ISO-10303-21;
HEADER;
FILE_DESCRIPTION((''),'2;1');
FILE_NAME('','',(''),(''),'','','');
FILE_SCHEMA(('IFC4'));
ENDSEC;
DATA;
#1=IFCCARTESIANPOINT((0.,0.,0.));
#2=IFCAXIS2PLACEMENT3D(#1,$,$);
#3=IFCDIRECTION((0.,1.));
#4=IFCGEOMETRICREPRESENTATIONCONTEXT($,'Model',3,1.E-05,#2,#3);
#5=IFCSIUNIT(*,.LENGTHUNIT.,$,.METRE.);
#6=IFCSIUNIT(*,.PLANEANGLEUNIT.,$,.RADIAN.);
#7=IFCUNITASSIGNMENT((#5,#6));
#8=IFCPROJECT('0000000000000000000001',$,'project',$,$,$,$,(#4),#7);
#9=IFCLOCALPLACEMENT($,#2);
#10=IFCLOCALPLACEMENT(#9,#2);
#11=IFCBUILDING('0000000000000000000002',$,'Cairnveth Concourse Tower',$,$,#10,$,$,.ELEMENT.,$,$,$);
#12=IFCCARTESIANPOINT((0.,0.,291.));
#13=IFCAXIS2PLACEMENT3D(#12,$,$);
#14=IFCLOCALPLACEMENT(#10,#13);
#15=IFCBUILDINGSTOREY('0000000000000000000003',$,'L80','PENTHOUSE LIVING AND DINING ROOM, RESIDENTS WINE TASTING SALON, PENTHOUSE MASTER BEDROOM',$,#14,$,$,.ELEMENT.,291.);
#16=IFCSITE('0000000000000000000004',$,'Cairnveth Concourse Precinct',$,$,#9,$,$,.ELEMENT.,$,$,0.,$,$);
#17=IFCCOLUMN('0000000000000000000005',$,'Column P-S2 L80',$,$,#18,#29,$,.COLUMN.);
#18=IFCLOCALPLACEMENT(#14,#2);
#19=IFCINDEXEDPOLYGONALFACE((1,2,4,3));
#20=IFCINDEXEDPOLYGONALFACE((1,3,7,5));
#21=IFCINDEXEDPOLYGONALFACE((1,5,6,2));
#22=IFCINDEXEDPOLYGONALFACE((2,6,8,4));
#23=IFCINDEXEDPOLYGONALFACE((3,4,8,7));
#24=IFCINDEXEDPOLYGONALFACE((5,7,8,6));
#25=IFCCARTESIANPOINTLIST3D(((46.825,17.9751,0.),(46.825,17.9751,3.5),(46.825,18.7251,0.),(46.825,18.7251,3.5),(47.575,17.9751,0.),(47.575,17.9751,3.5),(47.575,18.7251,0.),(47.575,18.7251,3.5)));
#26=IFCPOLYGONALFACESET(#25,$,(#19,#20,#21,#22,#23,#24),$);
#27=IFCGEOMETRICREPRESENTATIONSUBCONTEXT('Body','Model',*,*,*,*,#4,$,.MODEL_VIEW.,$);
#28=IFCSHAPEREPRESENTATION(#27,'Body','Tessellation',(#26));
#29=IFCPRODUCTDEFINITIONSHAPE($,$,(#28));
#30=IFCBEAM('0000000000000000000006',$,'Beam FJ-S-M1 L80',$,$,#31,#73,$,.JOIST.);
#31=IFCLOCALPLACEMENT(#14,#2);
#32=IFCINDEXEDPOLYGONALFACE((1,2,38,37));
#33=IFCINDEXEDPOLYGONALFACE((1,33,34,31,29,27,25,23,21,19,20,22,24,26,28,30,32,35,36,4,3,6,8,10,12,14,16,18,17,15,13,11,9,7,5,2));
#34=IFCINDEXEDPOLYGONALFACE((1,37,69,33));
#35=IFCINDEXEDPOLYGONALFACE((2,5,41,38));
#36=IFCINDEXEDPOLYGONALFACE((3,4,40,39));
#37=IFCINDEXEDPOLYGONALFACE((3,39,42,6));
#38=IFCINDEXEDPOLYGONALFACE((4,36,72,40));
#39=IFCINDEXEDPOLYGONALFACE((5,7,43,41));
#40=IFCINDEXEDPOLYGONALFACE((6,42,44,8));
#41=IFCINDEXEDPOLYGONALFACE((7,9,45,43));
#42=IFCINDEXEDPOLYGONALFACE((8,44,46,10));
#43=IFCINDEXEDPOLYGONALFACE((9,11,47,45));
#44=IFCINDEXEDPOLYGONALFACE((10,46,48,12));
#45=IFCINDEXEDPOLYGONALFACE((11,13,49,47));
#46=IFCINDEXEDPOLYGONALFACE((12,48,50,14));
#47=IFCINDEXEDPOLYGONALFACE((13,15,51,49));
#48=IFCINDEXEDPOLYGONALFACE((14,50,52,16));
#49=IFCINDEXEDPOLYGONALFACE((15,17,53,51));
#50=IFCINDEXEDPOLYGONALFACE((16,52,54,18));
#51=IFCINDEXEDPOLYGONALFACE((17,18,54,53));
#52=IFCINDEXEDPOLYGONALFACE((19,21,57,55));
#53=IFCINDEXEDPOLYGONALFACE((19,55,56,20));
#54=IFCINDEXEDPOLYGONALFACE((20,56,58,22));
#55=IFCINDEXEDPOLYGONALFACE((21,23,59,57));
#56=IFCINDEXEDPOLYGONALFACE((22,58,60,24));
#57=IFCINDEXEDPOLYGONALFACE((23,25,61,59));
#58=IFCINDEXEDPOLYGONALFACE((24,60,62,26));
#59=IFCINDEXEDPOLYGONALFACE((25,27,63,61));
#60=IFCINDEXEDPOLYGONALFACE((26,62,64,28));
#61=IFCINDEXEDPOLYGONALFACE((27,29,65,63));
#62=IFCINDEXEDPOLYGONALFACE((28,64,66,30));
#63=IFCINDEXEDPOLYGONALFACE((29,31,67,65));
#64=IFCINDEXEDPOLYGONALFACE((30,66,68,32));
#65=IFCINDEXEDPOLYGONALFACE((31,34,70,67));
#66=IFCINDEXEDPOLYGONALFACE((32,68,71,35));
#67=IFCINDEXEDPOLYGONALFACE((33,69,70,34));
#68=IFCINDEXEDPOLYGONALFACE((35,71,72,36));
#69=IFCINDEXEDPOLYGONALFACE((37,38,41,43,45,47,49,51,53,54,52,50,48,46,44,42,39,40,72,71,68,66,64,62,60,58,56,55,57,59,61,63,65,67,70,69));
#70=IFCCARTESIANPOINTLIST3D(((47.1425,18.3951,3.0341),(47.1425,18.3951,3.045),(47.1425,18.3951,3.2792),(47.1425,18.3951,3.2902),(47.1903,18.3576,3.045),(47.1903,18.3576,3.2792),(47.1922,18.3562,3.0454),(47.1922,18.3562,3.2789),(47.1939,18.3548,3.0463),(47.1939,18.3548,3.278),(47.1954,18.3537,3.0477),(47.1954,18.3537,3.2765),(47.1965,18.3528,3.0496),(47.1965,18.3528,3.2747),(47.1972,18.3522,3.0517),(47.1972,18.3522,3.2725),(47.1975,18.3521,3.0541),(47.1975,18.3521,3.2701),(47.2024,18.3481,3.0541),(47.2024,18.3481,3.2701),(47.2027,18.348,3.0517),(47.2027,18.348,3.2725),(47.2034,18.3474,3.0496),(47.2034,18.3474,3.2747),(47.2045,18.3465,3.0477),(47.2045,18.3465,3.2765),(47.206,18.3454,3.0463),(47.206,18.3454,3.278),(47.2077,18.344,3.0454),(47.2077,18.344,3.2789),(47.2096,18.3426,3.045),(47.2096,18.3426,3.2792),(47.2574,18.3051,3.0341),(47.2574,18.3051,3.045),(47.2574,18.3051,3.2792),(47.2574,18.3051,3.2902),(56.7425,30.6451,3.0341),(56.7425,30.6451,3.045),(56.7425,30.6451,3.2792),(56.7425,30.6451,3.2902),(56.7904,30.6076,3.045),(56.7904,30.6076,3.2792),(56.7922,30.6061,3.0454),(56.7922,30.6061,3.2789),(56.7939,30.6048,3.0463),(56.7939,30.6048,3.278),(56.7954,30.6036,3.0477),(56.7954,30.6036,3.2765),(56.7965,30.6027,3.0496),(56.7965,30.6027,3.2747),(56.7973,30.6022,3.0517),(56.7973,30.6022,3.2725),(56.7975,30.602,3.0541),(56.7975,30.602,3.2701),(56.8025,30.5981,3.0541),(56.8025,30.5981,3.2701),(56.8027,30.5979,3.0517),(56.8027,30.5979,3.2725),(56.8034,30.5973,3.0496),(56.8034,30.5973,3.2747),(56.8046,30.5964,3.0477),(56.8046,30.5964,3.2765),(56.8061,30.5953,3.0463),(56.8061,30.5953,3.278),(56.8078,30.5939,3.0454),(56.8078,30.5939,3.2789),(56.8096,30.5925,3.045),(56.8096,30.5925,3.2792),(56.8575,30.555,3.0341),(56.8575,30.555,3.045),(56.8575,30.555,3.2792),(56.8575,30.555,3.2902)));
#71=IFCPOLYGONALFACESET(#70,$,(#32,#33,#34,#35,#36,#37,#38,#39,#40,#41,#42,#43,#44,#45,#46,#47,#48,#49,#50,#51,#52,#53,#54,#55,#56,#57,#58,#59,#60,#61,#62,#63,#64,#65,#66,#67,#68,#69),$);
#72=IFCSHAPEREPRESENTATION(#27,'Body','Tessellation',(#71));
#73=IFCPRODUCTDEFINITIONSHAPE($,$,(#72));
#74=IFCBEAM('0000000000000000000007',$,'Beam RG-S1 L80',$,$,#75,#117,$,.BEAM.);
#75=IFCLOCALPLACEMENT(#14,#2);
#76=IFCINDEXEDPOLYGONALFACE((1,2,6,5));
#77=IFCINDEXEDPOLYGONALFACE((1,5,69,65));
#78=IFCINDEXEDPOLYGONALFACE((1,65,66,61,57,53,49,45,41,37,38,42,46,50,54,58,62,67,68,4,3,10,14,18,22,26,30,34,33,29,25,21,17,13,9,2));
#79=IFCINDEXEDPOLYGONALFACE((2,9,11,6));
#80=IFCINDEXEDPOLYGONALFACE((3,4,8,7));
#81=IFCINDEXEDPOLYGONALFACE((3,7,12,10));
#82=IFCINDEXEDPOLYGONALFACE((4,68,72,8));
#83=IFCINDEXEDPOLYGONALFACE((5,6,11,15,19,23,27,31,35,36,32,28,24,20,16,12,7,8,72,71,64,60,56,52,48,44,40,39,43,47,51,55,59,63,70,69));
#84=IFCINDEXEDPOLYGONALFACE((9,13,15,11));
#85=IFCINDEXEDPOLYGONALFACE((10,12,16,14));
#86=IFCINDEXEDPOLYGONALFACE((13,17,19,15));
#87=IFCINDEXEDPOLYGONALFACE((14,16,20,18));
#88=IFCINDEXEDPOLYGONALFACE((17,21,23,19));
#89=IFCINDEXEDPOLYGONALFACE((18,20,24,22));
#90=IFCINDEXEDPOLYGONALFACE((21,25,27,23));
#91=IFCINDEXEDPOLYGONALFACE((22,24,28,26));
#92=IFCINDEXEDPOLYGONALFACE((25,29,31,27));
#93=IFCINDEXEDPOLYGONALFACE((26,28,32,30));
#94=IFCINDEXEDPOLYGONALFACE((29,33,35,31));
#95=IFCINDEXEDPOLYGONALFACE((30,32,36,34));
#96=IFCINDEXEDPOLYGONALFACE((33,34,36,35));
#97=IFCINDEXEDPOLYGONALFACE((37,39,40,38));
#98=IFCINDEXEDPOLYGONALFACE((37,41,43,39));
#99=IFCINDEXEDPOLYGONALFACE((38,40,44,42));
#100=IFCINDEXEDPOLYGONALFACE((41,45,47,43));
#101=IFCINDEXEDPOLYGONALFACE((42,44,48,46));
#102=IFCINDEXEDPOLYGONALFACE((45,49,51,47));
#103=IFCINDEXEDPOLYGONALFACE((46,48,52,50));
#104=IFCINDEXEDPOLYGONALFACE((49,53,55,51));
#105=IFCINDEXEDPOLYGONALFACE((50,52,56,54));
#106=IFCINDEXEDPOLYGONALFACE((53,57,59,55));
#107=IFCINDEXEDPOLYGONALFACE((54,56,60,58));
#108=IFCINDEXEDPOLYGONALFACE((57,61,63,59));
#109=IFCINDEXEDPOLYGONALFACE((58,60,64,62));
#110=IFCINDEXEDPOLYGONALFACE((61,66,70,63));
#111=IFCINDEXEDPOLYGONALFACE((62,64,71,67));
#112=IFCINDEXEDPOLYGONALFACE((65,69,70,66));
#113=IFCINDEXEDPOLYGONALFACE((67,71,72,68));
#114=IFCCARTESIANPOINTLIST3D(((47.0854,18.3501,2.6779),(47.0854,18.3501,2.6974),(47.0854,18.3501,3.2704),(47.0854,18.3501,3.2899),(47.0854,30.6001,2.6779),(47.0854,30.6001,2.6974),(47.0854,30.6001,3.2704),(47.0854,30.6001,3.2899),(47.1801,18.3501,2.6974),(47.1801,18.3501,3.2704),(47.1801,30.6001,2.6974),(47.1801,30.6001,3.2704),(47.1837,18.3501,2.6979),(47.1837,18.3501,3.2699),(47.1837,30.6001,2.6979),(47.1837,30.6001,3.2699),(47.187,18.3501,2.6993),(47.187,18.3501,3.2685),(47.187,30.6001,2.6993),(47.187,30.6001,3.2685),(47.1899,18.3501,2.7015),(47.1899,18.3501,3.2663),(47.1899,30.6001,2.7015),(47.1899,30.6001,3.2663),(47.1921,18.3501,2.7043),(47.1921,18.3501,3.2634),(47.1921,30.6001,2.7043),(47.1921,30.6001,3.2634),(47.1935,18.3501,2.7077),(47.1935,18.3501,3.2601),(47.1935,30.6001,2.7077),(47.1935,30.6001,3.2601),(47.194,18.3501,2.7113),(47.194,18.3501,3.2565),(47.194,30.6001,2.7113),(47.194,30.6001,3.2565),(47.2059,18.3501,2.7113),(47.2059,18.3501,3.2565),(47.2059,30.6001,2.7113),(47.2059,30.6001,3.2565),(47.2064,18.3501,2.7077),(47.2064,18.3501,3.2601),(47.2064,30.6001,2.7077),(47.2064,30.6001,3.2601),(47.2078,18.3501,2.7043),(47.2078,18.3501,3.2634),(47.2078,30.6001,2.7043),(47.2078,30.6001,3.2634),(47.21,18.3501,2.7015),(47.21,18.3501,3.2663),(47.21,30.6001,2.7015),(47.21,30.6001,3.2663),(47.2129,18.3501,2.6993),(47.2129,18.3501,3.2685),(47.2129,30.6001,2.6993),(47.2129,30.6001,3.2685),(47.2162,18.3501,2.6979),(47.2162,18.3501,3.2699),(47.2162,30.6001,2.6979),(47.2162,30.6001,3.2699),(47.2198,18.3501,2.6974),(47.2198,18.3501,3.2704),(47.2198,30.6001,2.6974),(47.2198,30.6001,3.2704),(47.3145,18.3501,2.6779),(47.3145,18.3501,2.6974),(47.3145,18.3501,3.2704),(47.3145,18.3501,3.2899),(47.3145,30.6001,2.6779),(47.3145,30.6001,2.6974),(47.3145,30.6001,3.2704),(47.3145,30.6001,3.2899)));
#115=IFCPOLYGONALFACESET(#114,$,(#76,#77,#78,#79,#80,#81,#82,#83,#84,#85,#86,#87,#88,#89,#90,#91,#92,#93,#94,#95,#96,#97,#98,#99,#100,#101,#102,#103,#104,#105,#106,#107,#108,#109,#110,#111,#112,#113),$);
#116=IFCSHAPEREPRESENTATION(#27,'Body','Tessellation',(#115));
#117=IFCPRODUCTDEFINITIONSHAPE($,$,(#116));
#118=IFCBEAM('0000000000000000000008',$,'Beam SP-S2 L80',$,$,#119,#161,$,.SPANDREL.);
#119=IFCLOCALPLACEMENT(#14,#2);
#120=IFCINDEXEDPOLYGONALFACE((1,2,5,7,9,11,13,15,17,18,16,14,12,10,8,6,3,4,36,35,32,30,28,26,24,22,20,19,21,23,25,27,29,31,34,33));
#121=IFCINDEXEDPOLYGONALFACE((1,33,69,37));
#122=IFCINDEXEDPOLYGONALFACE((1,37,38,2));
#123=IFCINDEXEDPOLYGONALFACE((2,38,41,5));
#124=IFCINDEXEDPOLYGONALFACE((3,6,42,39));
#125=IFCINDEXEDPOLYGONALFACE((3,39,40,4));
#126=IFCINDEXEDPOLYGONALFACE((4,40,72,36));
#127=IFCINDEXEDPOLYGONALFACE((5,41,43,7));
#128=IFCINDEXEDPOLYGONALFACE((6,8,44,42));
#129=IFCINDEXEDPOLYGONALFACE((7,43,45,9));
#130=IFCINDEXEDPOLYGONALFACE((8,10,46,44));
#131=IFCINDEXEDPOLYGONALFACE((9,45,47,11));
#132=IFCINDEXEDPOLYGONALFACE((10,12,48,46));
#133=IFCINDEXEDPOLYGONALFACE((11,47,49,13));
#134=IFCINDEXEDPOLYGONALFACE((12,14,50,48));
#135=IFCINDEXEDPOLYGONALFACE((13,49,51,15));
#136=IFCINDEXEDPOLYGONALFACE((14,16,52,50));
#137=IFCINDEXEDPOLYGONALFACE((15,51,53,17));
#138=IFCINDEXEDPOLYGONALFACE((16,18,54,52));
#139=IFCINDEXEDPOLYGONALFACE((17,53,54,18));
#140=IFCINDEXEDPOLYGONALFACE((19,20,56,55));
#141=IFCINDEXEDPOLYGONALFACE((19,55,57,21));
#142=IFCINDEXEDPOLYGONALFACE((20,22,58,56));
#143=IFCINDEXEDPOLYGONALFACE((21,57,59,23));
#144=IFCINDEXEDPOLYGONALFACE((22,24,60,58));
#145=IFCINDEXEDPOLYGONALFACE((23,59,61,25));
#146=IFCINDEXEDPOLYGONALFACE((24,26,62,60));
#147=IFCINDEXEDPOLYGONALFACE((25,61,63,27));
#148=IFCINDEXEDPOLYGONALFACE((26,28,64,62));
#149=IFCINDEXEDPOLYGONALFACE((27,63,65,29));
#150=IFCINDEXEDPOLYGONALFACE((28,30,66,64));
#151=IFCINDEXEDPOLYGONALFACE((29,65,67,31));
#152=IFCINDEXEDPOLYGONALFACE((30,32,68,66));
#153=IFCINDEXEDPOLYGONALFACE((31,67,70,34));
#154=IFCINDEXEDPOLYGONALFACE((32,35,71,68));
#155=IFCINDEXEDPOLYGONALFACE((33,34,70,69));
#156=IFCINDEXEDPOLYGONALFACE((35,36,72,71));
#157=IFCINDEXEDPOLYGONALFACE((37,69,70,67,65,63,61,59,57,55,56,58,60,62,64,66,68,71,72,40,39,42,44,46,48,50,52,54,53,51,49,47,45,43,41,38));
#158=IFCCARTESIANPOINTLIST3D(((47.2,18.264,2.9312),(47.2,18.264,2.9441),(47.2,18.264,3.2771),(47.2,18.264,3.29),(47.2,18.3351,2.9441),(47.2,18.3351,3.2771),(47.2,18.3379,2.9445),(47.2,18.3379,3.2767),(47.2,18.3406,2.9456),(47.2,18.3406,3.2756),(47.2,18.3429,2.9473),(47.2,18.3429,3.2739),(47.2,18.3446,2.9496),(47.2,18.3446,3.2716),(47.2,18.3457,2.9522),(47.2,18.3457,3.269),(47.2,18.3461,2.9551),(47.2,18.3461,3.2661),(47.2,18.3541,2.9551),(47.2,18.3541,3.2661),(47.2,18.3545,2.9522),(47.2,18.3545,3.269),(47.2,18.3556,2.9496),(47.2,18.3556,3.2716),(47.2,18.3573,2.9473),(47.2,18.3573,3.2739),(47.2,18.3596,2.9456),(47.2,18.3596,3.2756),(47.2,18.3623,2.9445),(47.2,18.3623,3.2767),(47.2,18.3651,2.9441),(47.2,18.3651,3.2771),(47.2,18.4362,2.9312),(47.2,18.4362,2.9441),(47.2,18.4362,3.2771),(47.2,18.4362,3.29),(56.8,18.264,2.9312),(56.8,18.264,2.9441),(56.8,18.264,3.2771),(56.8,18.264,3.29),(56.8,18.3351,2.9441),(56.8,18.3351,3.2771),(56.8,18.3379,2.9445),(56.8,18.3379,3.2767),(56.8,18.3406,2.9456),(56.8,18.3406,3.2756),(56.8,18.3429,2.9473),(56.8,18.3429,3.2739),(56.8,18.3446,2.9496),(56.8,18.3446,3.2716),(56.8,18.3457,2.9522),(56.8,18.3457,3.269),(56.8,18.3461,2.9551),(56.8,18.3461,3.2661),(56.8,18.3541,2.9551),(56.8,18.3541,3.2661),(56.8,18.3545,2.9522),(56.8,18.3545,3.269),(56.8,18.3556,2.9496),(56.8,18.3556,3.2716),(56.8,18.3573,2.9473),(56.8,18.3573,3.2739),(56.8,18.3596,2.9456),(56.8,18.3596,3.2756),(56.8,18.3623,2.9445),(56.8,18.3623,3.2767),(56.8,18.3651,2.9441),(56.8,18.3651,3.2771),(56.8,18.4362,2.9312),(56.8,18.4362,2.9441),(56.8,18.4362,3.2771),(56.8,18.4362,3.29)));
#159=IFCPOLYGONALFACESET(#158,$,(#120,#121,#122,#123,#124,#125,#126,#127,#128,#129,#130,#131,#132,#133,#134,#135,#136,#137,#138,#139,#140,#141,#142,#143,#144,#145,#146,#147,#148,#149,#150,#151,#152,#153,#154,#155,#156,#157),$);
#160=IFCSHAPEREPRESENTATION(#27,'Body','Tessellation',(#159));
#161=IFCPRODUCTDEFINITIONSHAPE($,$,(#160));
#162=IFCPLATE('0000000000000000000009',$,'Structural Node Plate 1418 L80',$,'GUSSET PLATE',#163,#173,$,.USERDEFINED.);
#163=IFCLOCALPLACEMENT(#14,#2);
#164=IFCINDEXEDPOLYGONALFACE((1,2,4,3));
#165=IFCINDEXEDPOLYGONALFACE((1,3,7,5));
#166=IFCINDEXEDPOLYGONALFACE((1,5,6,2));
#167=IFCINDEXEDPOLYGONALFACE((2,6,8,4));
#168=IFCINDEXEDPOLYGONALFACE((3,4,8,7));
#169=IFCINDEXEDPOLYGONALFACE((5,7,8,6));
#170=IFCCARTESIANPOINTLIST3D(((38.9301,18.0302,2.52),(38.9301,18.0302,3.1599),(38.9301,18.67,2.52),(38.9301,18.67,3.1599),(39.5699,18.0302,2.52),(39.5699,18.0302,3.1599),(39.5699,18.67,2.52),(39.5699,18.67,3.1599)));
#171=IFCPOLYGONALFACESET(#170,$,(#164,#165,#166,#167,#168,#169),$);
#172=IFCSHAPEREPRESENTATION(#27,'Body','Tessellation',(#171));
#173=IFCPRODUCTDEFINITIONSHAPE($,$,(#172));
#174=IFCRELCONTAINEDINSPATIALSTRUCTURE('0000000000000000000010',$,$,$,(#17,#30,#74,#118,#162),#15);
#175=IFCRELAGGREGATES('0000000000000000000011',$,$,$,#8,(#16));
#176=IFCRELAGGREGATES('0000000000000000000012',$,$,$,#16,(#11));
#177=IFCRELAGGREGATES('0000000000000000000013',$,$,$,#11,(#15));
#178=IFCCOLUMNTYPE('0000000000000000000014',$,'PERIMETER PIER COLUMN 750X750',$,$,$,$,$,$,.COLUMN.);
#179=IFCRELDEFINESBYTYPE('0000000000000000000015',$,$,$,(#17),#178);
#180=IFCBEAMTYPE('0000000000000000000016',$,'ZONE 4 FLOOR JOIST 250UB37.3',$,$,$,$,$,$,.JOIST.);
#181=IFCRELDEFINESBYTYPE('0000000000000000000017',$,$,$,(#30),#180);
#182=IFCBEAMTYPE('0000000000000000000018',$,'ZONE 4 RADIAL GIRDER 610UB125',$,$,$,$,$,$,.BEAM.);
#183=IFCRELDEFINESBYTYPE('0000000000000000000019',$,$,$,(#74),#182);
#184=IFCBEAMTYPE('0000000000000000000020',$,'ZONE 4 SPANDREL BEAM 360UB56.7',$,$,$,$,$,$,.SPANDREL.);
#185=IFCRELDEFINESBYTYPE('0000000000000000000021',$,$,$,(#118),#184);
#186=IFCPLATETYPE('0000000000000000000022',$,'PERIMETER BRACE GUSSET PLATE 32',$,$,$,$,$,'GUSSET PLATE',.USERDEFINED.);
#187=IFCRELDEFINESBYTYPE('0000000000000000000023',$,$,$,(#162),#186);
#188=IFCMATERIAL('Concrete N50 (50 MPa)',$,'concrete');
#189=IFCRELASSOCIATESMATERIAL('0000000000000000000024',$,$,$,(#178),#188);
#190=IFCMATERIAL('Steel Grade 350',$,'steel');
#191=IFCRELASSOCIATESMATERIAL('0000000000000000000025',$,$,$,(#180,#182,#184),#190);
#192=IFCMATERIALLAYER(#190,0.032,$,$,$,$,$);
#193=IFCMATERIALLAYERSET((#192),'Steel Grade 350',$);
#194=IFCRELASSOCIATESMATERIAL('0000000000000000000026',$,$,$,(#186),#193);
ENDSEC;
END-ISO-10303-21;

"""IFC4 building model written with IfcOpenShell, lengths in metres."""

from ifc_helpers import new_model, si_unit, direction, frame, origin, origin_2d, place, context, subcontext, project, spatial, rectangle, i_section, extrude, material, layer, layer_set, material_profile, profile_set, type_object, element, save


model = new_model("IFC4")

# Units and contexts
model_context = context("Model", 3, precision=1e-05, world=origin(), true_north=direction((0.0, 1.0)))
body_context = subcontext(model_context, "Body", "Model", "MODEL_VIEW")
ifc_project = project(units=[si_unit("LENGTHUNIT", "METRE"), si_unit("PLANEANGLEUNIT", "RADIAN")], contexts=[model_context])

# Site, building, storey
site_placement = place(None, origin())
site = spatial("IfcSite", under=ifc_project, at=site_placement, Name="Cairnveth Concourse Precinct", CompositionType="ELEMENT", RefElevation=0.0)
building_placement = place(site_placement, origin())
building = spatial("IfcBuilding", under=site, at=building_placement, Name="Cairnveth Concourse Tower", CompositionType="ELEMENT")
storey_placement = place(building_placement, frame((0.0, 0.0, 291.0)))
storey = spatial("IfcBuildingStorey", under=building, at=storey_placement, Name="L80", Description="PENTHOUSE LIVING AND DINING ROOM, RESIDENTS WINE TASTING SALON, PENTHOUSE MASTER BEDROOM", CompositionType="ELEMENT", Elevation=291.0)

# Column
ifc_material_1 = material(Name="Concrete N50 (50 MPa)", Category="concrete")
ifc_material_profile_1 = material_profile(ifc_material_1, rectangle(XDim=0.75, YDim=0.75, at=origin_2d()), Name="RC-COL-750x750")
ifc_profile_set_1 = profile_set([ifc_material_profile_1], Name="Concrete N50 (50 MPa)")
column_type = type_object("IfcColumnType", Name="PERIMETER PIER COLUMN 750X750", PredefinedType="COLUMN", material=ifc_profile_set_1)
column_placement = place(storey_placement, frame((47.2, 18.3501, 0.0), z_axis=(0.0, 0.0, 1.0), x_axis=(1.0, 0.0, 0.0)))
element("IfcColumn", 1, at=column_placement, inside=storey, type_object=column_type, Name="Column P-S2 L80", PredefinedType="COLUMN", context=body_context, shape_type="SweptSolid", body=[
    extrude(rectangle(XDim=0.75, YDim=0.75, at=origin_2d()), origin(), (0.0, 0.0, 1.0), 3.5),
])

# Beams
ifc_material_2 = material(Name="Steel Grade 350", Category="steel")
ifc_material_profile_2 = material_profile(ifc_material_2, i_section(OverallWidth=0.146, OverallDepth=0.2561, WebThickness=0.0063, FlangeThickness=0.011, FilletRadius=0.009, at=origin_2d()), Name="250UB37.3")
ifc_profile_set_2 = profile_set([ifc_material_profile_2], Name="Steel Grade 350")
beam_type_1 = type_object("IfcBeamType", Name="ZONE 4 FLOOR JOIST 250UB37.3", PredefinedType="JOIST", material=ifc_profile_set_2)
beam_1_placement = place(storey_placement, frame((47.2, 18.3501, 3.1621), z_axis=(0.616832, 0.787095, 0.0), x_axis=(-0.787095, 0.616832, 0.0)))
element("IfcBeam", 2, at=beam_1_placement, inside=storey, type_object=beam_type_1, Name="Beam FJ-S-M1 L80", PredefinedType="JOIST", context=body_context, shape_type="SweptSolid", body=[
    extrude(i_section(OverallWidth=0.146, OverallDepth=0.2561, WebThickness=0.0063, FlangeThickness=0.011, FilletRadius=0.009, at=origin_2d()), origin(), (0.0, 0.0, 1.0), 15.5635),
])
ifc_material_profile_3 = material_profile(ifc_material_2, i_section(OverallWidth=0.229, OverallDepth=0.6121, WebThickness=0.012, FlangeThickness=0.0195, FilletRadius=0.0139, at=origin_2d()), Name="610UB125")
ifc_profile_set_3 = profile_set([ifc_material_profile_3], Name="Steel Grade 350")
beam_type_2 = type_object("IfcBeamType", Name="ZONE 4 RADIAL GIRDER 610UB125", PredefinedType="BEAM", material=ifc_profile_set_3)
beam_2_placement = place(storey_placement, frame((47.2, 18.3501, 2.9839), z_axis=(0.0, 1.0, 0.0), x_axis=(-1.0, 0.0, 0.0)))
element("IfcBeam", 3, at=beam_2_placement, inside=storey, type_object=beam_type_2, Name="Beam RG-S1 L80", PredefinedType="BEAM", context=body_context, shape_type="SweptSolid", body=[
    extrude(i_section(OverallWidth=0.229, OverallDepth=0.6121, WebThickness=0.012, FlangeThickness=0.0195, FilletRadius=0.0139, at=origin_2d()), origin(), (0.0, 0.0, 1.0), 12.25),
])
ifc_material_profile_4 = material_profile(ifc_material_2, i_section(OverallWidth=0.1721, OverallDepth=0.3589, WebThickness=0.0081, FlangeThickness=0.0129, FilletRadius=0.011, at=origin_2d()), Name="360UB56.7")
ifc_profile_set_4 = profile_set([ifc_material_profile_4], Name="Steel Grade 350")
beam_type_3 = type_object("IfcBeamType", Name="ZONE 4 SPANDREL BEAM 360UB56.7", PredefinedType="SPANDREL", material=ifc_profile_set_4)
beam_3_placement = place(storey_placement, frame((47.2, 18.3501, 3.1106), z_axis=(1.0, 0.0, 0.0), x_axis=(0.0, 1.0, 0.0)))
element("IfcBeam", 4, at=beam_3_placement, inside=storey, type_object=beam_type_3, Name="Beam SP-S2 L80", PredefinedType="SPANDREL", context=body_context, shape_type="SweptSolid", body=[
    extrude(i_section(OverallWidth=0.1721, OverallDepth=0.3589, WebThickness=0.0081, FlangeThickness=0.0129, FilletRadius=0.011, at=origin_2d()), origin(), (0.0, 0.0, 1.0), 9.6001),
])

# Plate
ifc_layer_1 = layer(ifc_material_2, 0.032)
ifc_layer_set_1 = layer_set([ifc_layer_1], Name="Steel Grade 350")
plate_type = type_object("IfcPlateType", Name="PERIMETER BRACE GUSSET PLATE 32", ElementType="GUSSET PLATE", PredefinedType="USERDEFINED", material=ifc_layer_set_1)
plate_placement = place(storey_placement, frame((39.25, 18.3501, 2.52), z_axis=(0.0, 0.0, 1.0), x_axis=(1.0, 0.0, 0.0)))
element("IfcPlate", 5, at=plate_placement, inside=storey, type_object=plate_type, Name="Structural Node Plate 1418 L80", ObjectType="GUSSET PLATE", PredefinedType="USERDEFINED", context=body_context, shape_type="SweptSolid", body=[
    extrude(rectangle(XDim=0.6399, YDim=0.6399, at=origin_2d()), origin(), (0.0, 0.0, 1.0), 0.6399),
])

save(model, "model.ifc")
